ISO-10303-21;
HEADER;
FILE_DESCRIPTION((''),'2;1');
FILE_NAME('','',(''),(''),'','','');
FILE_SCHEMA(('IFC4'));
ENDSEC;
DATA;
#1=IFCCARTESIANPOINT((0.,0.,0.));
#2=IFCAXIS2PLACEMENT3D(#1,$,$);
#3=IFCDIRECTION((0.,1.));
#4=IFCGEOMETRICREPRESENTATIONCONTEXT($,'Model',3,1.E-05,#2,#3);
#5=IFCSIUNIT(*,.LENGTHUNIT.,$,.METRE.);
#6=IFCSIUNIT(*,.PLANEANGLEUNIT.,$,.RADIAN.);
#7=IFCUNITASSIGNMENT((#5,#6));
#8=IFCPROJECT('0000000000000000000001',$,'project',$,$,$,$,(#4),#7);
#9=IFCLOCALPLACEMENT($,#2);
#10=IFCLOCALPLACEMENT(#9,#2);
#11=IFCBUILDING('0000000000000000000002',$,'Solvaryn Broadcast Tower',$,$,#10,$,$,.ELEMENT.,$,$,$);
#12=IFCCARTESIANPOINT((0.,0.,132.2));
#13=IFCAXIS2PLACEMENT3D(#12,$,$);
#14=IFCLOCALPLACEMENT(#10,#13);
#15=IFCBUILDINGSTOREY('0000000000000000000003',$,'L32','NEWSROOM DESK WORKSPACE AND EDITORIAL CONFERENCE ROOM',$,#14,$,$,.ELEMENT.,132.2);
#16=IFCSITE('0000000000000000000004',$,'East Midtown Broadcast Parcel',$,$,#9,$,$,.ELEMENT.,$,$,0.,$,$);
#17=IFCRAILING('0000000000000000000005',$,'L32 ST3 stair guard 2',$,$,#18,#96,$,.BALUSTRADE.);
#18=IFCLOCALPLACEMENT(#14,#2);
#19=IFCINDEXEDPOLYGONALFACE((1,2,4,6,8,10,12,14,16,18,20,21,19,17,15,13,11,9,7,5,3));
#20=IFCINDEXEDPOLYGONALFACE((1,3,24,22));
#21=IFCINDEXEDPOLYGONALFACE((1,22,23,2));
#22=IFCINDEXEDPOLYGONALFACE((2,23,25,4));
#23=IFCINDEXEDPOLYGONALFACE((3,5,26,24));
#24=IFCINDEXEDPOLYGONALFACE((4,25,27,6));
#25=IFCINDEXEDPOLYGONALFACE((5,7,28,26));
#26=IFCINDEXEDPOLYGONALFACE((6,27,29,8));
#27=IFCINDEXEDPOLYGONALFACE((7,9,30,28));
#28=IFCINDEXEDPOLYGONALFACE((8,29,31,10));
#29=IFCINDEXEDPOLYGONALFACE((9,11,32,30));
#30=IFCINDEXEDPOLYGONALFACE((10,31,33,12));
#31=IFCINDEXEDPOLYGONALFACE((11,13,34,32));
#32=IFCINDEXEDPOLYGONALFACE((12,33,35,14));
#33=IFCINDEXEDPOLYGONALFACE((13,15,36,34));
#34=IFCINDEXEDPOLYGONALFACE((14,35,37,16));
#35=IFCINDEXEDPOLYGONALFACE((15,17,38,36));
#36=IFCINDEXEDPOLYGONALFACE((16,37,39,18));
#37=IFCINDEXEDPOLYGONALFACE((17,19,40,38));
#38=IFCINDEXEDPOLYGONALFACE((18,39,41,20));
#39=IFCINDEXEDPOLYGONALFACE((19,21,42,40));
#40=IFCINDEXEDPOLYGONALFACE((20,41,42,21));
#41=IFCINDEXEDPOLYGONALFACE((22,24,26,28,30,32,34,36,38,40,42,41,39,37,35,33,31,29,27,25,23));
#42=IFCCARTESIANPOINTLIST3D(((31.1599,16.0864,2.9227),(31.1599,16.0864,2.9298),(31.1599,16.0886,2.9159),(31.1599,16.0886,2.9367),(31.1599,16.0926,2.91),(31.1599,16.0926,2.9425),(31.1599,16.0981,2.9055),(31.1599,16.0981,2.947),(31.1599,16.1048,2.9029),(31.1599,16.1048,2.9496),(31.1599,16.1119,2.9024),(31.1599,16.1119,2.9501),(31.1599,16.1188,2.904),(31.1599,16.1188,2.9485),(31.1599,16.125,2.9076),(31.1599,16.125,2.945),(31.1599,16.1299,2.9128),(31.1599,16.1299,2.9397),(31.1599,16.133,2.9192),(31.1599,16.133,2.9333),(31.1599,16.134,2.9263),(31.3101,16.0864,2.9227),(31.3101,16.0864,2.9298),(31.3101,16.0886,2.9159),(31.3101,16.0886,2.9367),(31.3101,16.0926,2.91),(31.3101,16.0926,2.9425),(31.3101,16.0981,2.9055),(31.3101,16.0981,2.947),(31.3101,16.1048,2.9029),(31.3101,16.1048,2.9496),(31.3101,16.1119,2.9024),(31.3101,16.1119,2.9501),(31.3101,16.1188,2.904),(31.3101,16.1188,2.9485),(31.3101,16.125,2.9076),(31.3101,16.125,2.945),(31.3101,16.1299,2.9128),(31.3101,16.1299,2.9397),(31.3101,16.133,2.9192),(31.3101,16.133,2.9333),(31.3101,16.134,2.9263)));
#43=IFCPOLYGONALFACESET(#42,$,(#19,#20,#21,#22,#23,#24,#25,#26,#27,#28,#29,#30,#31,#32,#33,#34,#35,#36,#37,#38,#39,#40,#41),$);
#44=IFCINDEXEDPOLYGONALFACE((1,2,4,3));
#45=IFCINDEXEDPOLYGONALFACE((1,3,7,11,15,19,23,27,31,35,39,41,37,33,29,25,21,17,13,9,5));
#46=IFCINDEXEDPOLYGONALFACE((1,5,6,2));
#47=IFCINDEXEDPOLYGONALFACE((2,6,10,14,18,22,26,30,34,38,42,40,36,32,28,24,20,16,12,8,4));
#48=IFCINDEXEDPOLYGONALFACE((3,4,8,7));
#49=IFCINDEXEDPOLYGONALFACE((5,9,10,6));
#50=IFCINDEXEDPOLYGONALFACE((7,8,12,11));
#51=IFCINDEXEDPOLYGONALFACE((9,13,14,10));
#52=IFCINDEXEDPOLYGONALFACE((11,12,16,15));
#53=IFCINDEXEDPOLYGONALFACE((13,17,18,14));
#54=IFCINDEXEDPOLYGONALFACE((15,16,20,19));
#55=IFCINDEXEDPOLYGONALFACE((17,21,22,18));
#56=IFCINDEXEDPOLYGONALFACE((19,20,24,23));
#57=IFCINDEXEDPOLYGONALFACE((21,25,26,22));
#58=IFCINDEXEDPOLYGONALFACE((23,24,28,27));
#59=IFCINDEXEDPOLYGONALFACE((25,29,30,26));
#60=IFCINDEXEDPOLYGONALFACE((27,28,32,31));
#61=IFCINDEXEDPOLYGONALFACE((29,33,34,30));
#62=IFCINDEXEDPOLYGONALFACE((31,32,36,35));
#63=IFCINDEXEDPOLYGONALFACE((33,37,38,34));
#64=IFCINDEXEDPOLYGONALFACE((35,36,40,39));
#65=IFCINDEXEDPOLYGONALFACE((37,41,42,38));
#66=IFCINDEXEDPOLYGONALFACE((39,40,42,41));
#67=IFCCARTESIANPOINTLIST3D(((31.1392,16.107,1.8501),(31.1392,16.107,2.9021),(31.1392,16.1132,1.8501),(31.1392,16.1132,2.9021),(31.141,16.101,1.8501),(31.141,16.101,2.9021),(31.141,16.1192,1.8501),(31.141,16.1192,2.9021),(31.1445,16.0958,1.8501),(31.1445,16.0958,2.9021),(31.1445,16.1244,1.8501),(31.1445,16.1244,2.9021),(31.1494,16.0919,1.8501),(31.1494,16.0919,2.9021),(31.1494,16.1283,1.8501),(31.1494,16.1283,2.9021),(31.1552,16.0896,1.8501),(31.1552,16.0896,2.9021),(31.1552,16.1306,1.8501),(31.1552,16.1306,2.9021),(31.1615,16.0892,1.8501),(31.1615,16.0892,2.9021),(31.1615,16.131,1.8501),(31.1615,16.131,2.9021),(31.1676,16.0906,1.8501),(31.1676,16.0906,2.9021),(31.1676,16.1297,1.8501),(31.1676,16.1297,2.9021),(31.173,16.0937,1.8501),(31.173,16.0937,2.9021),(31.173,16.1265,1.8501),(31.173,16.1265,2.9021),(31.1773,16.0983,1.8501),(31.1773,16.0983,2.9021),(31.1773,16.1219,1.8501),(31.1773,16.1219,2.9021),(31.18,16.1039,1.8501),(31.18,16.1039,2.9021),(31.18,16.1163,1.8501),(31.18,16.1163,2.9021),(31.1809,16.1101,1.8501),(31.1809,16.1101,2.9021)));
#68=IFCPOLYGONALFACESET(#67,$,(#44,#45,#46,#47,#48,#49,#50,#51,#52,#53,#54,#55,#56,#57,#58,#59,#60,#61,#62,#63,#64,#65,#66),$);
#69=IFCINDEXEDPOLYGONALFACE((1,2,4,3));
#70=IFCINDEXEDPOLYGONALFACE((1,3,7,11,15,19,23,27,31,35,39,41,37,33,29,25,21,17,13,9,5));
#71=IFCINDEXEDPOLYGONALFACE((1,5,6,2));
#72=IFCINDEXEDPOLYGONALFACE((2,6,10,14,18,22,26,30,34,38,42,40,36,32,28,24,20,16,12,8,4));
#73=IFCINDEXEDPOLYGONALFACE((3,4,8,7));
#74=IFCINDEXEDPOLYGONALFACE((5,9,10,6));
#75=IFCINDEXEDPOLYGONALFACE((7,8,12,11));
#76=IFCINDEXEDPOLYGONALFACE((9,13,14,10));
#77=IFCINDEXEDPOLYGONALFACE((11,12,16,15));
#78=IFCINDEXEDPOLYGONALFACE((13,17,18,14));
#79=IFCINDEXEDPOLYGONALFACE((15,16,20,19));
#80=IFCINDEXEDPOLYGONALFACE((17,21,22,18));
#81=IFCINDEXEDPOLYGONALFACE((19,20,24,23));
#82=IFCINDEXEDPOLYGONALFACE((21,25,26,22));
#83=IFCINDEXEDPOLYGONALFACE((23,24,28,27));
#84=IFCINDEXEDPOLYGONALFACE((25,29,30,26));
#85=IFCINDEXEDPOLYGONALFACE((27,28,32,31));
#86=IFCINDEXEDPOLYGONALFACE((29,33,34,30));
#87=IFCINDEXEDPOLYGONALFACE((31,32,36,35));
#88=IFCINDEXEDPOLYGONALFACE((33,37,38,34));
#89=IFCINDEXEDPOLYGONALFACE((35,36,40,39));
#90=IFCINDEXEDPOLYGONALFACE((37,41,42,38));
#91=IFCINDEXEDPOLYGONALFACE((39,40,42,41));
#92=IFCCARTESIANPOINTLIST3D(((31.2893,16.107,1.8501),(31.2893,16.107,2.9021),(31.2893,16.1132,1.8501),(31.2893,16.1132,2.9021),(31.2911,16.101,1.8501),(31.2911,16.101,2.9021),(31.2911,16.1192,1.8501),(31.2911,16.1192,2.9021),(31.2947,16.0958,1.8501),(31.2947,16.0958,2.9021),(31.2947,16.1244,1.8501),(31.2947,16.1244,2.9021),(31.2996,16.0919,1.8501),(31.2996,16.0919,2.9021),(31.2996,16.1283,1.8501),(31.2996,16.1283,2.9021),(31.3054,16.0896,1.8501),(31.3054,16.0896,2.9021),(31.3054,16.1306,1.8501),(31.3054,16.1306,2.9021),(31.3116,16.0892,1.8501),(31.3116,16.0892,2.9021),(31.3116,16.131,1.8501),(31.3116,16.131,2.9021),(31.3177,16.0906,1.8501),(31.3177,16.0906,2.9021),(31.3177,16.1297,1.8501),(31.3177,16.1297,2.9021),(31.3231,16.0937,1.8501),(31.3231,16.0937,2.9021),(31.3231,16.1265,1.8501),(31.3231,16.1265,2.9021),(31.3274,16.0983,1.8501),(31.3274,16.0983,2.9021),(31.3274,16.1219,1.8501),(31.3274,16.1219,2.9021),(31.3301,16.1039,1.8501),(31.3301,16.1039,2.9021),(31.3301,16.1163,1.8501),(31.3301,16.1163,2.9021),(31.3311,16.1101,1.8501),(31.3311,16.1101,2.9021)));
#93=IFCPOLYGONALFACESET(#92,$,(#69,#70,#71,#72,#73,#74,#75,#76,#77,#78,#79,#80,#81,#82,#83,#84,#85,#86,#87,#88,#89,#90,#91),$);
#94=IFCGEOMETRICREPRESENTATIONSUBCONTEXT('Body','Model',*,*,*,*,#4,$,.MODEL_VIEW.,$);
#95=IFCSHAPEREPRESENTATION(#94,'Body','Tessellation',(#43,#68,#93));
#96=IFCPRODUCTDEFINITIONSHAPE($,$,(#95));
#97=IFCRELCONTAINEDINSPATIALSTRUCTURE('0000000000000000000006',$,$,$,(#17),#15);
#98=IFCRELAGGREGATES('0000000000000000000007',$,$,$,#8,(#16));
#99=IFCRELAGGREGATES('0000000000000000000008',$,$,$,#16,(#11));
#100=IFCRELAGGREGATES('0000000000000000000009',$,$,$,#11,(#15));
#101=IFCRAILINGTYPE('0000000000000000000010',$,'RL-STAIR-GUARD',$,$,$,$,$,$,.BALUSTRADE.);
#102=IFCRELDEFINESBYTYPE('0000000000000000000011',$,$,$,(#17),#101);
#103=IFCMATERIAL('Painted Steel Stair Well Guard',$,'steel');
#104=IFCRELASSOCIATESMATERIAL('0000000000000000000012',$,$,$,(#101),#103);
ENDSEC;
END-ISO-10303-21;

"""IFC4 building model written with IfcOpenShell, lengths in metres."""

from ifc_helpers import new_model, si_unit, direction, frame, origin, origin_2d, place, context, subcontext, project, spatial, circle, extrude, material, type_object, element, save


model = new_model("IFC4")

# Units and contexts
model_context = context("Model", 3, precision=1e-05, world=origin(), true_north=direction((0.0, 1.0)))
body_context = subcontext(model_context, "Body", "Model", "MODEL_VIEW")
ifc_project = project(units=[si_unit("LENGTHUNIT", "METRE"), si_unit("PLANEANGLEUNIT", "RADIAN")], contexts=[model_context])

# Site, building, storey
site_placement = place(None, origin())
site = spatial("IfcSite", under=ifc_project, at=site_placement, Name="East Midtown Broadcast Parcel", CompositionType="ELEMENT", RefElevation=0.0)
building_placement = place(site_placement, origin())
building = spatial("IfcBuilding", under=site, at=building_placement, Name="Solvaryn Broadcast Tower", CompositionType="ELEMENT")
storey_placement = place(building_placement, frame((0.0, 0.0, 132.2)))
storey = spatial("IfcBuildingStorey", under=building, at=storey_placement, Name="L32", Description="NEWSROOM DESK WORKSPACE AND EDITORIAL CONFERENCE ROOM", CompositionType="ELEMENT", Elevation=132.2)

# Railing
ifc_material_1 = material(Name="Painted Steel Stair Well Guard", Category="steel")
railing_type_1 = type_object("IfcRailingType", Name="RL-STAIR-GUARD", PredefinedType="BALUSTRADE", material=ifc_material_1)
railing_1_placement = place(storey_placement, frame((31.1599, 16.1101, 1.8501)))
element("IfcRailing", 1, at=railing_1_placement, inside=storey, type_object=railing_type_1, Name="L32 ST3 stair guard 2", PredefinedType="BALUSTRADE", context=body_context, shape_type="SweptSolid", body=[
    extrude(circle(Radius=0.0239, at=origin_2d()), frame((0.0, 0.0, 1.0762), z_axis=(1.0, 0.0, 0.0), x_axis=(0.0, 1.0, 0.0)), (0.0, 0.0, 1.0), 0.1501),
    extrude(circle(Radius=0.021, at=origin_2d()), origin(), (0.0, 0.0, 1.0), 1.052),
    extrude(circle(Radius=0.021, at=origin_2d()), frame((0.1501, 0.0, 0.0)), (0.0, 0.0, 1.0), 1.052),
])

save(model, "model.ifc")
